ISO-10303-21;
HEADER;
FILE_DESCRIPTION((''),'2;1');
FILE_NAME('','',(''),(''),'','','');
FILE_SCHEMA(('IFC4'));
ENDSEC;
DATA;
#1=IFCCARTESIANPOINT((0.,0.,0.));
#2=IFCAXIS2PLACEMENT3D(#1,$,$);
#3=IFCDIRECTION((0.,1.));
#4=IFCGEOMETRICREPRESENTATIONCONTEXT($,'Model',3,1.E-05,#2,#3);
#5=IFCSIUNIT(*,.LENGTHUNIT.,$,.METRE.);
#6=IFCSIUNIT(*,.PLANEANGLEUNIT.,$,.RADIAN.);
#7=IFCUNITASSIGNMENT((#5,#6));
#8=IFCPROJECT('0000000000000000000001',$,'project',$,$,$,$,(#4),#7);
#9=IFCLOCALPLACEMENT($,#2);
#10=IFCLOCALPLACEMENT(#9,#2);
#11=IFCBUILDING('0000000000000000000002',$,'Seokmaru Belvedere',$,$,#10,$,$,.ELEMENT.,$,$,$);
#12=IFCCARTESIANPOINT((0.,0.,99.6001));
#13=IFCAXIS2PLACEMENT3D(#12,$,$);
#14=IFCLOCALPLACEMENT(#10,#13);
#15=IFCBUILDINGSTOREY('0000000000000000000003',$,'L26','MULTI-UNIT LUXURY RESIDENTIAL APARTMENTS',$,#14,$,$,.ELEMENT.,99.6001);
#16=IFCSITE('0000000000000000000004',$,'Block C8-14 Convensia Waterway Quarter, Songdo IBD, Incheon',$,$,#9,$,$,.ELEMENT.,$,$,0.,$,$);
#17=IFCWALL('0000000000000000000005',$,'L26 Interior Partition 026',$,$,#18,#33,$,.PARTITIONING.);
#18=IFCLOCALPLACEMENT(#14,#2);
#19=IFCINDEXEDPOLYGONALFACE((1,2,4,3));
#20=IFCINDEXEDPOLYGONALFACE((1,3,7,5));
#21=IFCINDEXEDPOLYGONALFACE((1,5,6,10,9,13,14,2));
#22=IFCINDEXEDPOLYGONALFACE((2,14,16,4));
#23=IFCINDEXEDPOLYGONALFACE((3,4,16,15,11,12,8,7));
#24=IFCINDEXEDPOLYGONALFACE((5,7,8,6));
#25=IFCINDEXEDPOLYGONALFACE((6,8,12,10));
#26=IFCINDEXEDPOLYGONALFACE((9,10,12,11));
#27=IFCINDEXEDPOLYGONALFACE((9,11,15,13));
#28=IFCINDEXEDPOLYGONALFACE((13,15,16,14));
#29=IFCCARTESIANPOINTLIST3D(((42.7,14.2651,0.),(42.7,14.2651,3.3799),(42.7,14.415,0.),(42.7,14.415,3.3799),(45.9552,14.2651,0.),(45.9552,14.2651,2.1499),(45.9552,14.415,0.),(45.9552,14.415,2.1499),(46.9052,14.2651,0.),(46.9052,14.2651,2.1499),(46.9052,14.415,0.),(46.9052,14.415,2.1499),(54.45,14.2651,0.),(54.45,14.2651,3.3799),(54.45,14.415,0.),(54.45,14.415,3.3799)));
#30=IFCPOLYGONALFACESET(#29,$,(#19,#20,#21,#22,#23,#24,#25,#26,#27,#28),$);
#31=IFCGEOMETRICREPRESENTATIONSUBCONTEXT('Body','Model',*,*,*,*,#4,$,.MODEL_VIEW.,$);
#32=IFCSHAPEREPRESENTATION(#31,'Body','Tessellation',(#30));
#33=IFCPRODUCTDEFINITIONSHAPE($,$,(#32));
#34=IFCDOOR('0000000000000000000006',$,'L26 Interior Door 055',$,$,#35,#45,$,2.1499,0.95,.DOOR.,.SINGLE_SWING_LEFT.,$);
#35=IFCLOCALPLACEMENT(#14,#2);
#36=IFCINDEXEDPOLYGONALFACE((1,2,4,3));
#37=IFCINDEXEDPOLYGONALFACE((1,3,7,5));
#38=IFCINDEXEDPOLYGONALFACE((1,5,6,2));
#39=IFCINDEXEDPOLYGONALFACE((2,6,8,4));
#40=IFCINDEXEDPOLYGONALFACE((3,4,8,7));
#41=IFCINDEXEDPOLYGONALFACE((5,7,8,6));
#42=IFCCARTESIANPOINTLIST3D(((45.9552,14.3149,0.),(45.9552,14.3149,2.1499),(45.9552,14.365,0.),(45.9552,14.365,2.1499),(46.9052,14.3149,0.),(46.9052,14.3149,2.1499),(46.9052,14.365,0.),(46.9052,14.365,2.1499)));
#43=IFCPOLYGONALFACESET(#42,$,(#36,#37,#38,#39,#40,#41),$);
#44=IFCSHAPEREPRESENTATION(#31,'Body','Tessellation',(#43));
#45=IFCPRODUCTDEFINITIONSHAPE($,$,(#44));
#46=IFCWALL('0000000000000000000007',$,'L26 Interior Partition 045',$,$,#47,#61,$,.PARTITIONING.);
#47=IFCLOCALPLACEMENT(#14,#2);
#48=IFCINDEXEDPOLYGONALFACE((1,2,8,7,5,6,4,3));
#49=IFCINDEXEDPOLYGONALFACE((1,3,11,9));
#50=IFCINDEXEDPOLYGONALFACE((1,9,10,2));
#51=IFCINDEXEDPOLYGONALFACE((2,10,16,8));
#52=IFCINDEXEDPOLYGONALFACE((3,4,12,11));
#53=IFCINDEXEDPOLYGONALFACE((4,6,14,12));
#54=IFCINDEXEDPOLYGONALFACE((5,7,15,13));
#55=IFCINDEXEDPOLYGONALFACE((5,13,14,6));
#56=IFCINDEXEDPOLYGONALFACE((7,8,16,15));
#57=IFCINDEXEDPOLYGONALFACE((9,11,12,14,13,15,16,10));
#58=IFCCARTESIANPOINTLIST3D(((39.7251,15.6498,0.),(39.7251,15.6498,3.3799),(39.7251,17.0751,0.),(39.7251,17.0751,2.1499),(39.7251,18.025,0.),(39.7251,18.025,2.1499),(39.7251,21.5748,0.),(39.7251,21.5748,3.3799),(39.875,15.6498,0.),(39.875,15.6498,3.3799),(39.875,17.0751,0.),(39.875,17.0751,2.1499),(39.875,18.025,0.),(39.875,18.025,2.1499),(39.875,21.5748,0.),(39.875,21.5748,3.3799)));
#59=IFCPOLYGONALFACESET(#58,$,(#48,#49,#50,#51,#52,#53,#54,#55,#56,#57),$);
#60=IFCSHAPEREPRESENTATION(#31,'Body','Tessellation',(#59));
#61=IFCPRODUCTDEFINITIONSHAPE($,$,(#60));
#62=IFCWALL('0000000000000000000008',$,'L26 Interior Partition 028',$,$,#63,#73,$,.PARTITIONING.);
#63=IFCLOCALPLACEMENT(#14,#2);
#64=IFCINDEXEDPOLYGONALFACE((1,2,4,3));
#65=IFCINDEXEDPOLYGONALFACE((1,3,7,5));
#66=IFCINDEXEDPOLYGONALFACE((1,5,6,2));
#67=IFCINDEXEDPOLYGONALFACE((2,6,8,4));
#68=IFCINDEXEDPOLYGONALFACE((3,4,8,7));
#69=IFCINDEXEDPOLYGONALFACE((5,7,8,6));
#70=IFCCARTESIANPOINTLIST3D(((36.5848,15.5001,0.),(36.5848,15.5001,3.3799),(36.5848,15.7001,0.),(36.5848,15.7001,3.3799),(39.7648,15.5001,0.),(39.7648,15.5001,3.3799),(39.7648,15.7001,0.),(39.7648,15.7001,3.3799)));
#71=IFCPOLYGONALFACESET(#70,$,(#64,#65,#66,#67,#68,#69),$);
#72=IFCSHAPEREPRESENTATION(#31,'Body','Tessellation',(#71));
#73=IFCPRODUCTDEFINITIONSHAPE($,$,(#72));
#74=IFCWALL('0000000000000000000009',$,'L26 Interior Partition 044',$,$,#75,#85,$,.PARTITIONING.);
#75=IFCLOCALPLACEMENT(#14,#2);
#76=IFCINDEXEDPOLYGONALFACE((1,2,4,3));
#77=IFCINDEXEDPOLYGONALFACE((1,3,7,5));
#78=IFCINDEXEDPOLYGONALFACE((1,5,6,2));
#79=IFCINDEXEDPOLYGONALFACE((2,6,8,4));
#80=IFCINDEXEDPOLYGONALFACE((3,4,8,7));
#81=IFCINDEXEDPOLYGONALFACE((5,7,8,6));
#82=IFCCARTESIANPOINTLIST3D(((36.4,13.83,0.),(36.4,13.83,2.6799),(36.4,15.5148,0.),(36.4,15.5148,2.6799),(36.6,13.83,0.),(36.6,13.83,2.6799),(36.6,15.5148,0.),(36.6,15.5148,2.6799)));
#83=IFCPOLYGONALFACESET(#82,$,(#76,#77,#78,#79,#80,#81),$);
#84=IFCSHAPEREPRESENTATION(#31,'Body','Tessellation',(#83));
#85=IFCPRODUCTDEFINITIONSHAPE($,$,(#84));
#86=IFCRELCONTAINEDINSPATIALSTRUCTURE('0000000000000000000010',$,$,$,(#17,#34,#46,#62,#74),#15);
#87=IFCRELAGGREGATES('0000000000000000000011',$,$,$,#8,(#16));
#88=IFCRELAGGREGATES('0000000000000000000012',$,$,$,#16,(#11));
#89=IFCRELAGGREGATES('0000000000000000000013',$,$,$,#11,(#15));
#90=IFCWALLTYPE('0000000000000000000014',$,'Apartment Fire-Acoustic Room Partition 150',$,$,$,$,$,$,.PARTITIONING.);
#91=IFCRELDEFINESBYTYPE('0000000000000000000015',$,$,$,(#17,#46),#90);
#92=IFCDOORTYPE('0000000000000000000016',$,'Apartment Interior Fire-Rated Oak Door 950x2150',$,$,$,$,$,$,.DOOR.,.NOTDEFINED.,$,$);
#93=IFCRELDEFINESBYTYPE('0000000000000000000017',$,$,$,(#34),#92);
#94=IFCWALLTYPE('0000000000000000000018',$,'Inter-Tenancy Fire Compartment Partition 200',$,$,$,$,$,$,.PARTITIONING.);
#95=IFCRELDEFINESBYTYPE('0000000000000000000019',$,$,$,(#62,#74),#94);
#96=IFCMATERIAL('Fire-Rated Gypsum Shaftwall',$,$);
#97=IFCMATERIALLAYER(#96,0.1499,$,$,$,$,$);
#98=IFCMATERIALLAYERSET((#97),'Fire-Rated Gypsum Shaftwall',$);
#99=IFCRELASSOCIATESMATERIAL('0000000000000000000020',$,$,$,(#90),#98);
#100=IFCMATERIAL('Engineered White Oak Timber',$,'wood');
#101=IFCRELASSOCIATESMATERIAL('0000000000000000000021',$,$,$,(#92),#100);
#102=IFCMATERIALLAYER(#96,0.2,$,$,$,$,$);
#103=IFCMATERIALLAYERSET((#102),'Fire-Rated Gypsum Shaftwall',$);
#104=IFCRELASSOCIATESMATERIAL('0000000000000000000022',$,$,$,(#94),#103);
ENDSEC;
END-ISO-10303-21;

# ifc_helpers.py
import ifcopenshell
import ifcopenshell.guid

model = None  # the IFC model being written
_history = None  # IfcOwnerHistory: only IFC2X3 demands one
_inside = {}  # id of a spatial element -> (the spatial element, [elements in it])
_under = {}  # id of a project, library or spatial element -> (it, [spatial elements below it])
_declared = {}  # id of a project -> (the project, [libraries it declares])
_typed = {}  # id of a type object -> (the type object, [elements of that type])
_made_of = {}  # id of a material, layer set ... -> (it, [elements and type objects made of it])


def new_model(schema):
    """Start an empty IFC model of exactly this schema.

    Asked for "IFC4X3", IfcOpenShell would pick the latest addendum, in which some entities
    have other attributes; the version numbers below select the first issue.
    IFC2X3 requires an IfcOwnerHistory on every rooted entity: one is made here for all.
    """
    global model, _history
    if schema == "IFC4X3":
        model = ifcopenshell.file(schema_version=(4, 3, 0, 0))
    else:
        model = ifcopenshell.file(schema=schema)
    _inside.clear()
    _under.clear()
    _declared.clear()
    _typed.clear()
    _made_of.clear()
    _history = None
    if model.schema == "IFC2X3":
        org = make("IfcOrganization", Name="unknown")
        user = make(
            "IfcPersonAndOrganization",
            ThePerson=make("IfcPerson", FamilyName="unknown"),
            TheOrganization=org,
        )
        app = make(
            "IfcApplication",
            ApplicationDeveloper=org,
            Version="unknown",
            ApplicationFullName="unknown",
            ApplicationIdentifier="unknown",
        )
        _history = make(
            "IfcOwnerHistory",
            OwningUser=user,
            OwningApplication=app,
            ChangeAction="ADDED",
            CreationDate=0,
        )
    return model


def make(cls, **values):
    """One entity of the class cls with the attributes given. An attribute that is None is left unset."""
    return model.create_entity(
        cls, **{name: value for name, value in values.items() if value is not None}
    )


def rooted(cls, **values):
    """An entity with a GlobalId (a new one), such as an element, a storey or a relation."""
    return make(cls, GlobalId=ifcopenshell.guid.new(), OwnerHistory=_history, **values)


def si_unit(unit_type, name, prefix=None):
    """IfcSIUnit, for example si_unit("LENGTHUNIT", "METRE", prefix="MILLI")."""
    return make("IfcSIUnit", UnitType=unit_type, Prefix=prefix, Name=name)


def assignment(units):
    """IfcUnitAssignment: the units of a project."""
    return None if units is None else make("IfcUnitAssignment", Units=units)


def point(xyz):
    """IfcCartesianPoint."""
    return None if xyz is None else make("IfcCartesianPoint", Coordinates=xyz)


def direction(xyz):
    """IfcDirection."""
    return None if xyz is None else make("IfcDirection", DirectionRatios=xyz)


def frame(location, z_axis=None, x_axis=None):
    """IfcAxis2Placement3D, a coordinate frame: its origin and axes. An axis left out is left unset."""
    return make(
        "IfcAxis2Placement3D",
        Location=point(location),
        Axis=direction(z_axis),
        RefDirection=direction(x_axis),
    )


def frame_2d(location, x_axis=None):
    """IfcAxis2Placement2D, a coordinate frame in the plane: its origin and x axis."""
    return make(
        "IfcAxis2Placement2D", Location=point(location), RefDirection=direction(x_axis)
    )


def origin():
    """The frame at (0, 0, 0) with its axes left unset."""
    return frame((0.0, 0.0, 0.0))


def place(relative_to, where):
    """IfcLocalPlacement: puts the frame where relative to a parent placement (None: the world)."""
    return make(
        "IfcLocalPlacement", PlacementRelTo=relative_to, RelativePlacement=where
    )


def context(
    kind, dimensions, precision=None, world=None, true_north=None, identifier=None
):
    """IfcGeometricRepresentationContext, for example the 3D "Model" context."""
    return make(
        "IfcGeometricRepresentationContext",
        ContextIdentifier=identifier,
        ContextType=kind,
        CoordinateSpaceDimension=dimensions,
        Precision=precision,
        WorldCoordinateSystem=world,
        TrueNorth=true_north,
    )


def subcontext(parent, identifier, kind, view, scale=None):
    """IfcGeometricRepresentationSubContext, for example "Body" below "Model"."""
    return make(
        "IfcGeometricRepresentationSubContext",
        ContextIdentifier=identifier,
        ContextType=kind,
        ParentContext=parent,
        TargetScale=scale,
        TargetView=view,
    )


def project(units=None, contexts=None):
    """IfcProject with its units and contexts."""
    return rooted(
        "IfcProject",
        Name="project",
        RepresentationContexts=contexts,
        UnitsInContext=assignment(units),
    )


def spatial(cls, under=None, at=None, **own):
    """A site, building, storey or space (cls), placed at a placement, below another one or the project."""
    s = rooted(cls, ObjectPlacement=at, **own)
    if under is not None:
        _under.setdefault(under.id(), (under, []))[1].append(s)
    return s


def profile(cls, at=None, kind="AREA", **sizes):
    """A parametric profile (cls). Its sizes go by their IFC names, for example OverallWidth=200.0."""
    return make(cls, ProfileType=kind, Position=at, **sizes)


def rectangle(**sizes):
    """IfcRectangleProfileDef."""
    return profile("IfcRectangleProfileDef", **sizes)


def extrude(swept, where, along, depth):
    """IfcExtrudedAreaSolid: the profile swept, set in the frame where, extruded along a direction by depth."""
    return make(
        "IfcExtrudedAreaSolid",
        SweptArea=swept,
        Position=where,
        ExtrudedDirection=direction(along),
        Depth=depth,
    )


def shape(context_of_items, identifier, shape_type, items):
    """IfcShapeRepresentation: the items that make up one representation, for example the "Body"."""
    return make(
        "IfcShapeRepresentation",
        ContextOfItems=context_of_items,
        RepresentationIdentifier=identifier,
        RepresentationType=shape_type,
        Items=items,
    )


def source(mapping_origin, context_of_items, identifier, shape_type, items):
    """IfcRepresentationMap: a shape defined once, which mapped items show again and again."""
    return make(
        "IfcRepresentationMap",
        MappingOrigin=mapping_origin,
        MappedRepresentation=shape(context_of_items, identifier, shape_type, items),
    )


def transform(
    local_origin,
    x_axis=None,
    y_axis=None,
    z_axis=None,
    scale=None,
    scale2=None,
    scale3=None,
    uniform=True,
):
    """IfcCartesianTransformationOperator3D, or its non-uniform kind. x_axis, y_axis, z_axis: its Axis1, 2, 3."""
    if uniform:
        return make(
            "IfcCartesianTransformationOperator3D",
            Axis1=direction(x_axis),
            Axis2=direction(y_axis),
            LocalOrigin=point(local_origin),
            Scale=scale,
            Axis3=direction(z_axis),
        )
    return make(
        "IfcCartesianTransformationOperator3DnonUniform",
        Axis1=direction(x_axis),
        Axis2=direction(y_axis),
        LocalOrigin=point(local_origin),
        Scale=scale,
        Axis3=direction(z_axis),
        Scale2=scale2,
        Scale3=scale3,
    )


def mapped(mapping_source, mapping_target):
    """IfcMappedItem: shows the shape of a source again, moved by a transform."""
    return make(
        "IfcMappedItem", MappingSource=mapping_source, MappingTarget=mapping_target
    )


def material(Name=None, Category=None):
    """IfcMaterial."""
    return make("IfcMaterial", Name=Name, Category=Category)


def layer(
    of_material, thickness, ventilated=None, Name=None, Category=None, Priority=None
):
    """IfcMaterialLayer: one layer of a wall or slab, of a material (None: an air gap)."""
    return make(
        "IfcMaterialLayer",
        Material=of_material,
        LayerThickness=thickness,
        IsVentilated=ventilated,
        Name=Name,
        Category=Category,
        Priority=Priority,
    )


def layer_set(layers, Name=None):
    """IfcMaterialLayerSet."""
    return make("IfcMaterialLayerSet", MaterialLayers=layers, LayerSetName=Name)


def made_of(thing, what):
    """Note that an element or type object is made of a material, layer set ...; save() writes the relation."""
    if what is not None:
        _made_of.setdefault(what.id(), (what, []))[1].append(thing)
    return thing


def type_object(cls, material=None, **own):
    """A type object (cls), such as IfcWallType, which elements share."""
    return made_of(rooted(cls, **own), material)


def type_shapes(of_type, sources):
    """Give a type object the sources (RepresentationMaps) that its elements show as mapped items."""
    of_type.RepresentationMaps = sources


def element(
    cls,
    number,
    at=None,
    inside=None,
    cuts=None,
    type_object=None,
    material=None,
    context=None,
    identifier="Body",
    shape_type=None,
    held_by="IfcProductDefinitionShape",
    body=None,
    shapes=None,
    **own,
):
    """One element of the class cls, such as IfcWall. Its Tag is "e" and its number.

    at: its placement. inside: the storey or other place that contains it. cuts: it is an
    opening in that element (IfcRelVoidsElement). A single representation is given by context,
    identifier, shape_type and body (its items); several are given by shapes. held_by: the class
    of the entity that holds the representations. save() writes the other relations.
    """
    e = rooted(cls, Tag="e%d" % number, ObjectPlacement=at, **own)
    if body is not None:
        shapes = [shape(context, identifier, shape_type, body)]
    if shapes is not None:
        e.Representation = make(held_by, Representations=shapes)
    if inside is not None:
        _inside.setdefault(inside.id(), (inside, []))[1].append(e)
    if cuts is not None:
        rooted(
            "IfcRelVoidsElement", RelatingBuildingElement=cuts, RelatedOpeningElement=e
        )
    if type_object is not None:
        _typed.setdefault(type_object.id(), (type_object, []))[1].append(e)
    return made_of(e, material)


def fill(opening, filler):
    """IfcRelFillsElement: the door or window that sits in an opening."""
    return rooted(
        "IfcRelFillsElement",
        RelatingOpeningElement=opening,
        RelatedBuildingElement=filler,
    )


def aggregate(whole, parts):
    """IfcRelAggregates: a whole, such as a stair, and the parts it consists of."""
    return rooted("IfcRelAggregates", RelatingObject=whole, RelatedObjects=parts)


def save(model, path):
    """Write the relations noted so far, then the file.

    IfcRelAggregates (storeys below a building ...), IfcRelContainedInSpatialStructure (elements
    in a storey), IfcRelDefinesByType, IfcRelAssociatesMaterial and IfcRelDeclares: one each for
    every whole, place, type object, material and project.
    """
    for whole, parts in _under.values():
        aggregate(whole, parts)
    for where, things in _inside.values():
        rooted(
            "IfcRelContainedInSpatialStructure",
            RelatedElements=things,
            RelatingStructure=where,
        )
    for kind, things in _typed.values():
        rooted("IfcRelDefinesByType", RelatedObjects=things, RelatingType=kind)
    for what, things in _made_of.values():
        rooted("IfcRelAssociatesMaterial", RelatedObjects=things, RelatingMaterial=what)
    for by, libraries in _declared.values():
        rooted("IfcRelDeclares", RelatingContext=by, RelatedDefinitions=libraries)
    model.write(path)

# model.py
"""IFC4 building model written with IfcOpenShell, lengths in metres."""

from ifc_helpers import new_model, si_unit, direction, frame, frame_2d, origin, place, context, subcontext, project, spatial, rectangle, extrude, source, transform, mapped, material, layer, layer_set, type_object, type_shapes, element, fill, save


model = new_model("IFC4")

# Units and contexts
model_context = context("Model", 3, precision=1e-05, world=origin(), true_north=direction((0.0, 1.0)))
body_context = subcontext(model_context, "Body", "Model", "MODEL_VIEW")
ifc_project = project(units=[si_unit("LENGTHUNIT", "METRE"), si_unit("PLANEANGLEUNIT", "RADIAN")], contexts=[model_context])

# Site, building, storey
site_placement = place(None, origin())
site = spatial("IfcSite", under=ifc_project, at=site_placement, Name="Block C8-14 Convensia Waterway Quarter, Songdo IBD, Incheon", CompositionType="ELEMENT", RefElevation=0.0)
building_placement = place(site_placement, origin())
building = spatial("IfcBuilding", under=site, at=building_placement, Name="Seokmaru Belvedere", CompositionType="ELEMENT")
storey_placement = place(building_placement, frame((0.0, 0.0, 99.6001)))
storey = spatial("IfcBuildingStorey", under=building, at=storey_placement, Name="L26", Description="MULTI-UNIT LUXURY RESIDENTIAL APARTMENTS", CompositionType="ELEMENT", Elevation=99.6001)

# Shared definitions
ifc_material_1 = material(Name="Fire-Rated Gypsum Shaftwall")
ifc_layer_1 = layer(ifc_material_1, 0.1499)
ifc_layer_set_1 = layer_set([ifc_layer_1], Name="Fire-Rated Gypsum Shaftwall")
wall_type_1 = type_object("IfcWallType", Name="Apartment Fire-Acoustic Room Partition 150", PredefinedType="PARTITIONING", material=ifc_layer_set_1)

# Wall, opening, door
wall_1_placement = place(storey_placement, frame((42.7, 14.3401, 0.0), z_axis=(0.0, 0.0, 1.0), x_axis=(1.0, 0.0, 0.0)))
wall_1 = element("IfcWall", 1, at=wall_1_placement, inside=storey, type_object=wall_type_1, Name="L26 Interior Partition 026", PredefinedType="PARTITIONING", context=body_context, shape_type="SweptSolid", body=[
    extrude(rectangle(XDim=11.75, YDim=0.1499, at=frame_2d((5.875, 0.0))), origin(), (0.0, 0.0, 1.0), 3.3799),
])
opening_1_placement = place(wall_1_placement, frame((3.2551, 0.0, 0.0)))
opening_1 = element("IfcOpeningElement", 2, at=opening_1_placement, cuts=wall_1, PredefinedType="OPENING", context=body_context, shape_type="SweptSolid", body=[
    extrude(rectangle(XDim=0.95, YDim=2.1499, at=frame_2d((0.4751, 1.075))), frame((0.0, 0.085, 0.0), z_axis=(0.0, -1.0, 0.0), x_axis=(1.0, 0.0, 0.0)), (0.0, 0.0, 1.0), 0.1699),
])
ifc_material_2 = material(Name="Engineered White Oak Timber", Category="wood")
door_type_1 = type_object("IfcDoorType", Name="Apartment Interior Fire-Rated Oak Door 950x2150", OperationType="NOTDEFINED", PredefinedType="DOOR", material=ifc_material_2)
shared_shape_1 = source(origin(), body_context, "Body", "SweptSolid", [
    extrude(rectangle(XDim=0.95, YDim=2.1499, at=frame_2d((0.4751, 1.075))), frame((0.0, 0.0249, 0.0), z_axis=(0.0, -1.0, 0.0), x_axis=(1.0, 0.0, 0.0)), (0.0, 0.0, 1.0), 0.05),
])
type_shapes(door_type_1, [shared_shape_1])
door_1_placement = place(opening_1_placement, origin())
door_1 = element("IfcDoor", 3, at=door_1_placement, inside=storey, type_object=door_type_1, Name="L26 Interior Door 055", OperationType="SINGLE_SWING_LEFT", OverallHeight=2.1499, OverallWidth=0.95, PredefinedType="DOOR", context=body_context, shape_type="MappedRepresentation", body=[
    mapped(shared_shape_1, transform((0.0, 0.0, 0.0), scale=1.0)),
])
fill(opening_1, door_1)

# Wall, opening
wall_2_placement = place(storey_placement, frame((39.8, 15.6499, 0.0), z_axis=(0.0, 0.0, 1.0), x_axis=(0.0, 1.0, 0.0)))
wall_2 = element("IfcWall", 4, at=wall_2_placement, inside=storey, type_object=wall_type_1, Name="L26 Interior Partition 045", PredefinedType="PARTITIONING", context=body_context, shape_type="SweptSolid", body=[
    extrude(rectangle(XDim=5.925, YDim=0.1499, at=frame_2d((2.9624, 0.0))), origin(), (0.0, 0.0, 1.0), 3.3799),
])
opening_2_placement = place(wall_2_placement, frame((1.425, 0.0, 0.0)))
element("IfcOpeningElement", 5, at=opening_2_placement, cuts=wall_2, PredefinedType="OPENING", context=body_context, shape_type="SweptSolid", body=[
    extrude(rectangle(XDim=0.95, YDim=2.1499, at=frame_2d((0.4751, 1.075))), frame((0.0, 0.085, 0.0), z_axis=(0.0, -1.0, 0.0), x_axis=(1.0, 0.0, 0.0)), (0.0, 0.0, 1.0), 0.1699),
])

# Walls
ifc_layer_2 = layer(ifc_material_1, 0.2)
ifc_layer_set_2 = layer_set([ifc_layer_2], Name="Fire-Rated Gypsum Shaftwall")
wall_type_2 = type_object("IfcWallType", Name="Inter-Tenancy Fire Compartment Partition 200", PredefinedType="PARTITIONING", material=ifc_layer_set_2)
wall_3_placement = place(storey_placement, frame((36.585, 15.6001, 0.0), z_axis=(0.0, 0.0, 1.0), x_axis=(1.0, 0.0, 0.0)))
element("IfcWall", 6, at=wall_3_placement, inside=storey, type_object=wall_type_2, Name="L26 Interior Partition 028", PredefinedType="PARTITIONING", context=body_context, shape_type="SweptSolid", body=[
    extrude(rectangle(XDim=3.1799, YDim=0.2, at=frame_2d((1.5898, 0.0))), origin(), (0.0, 0.0, 1.0), 3.3799),
])
wall_4_placement = place(storey_placement, frame((36.5, 13.8301, 0.0), z_axis=(0.0, 0.0, 1.0), x_axis=(0.0, 1.0, 0.0)))
element("IfcWall", 7, at=wall_4_placement, inside=storey, type_object=wall_type_2, Name="L26 Interior Partition 044", PredefinedType="PARTITIONING", context=body_context, shape_type="SweptSolid", body=[
    extrude(rectangle(XDim=1.6848, YDim=0.2, at=frame_2d((0.8423, 0.0))), origin(), (0.0, 0.0, 1.0), 2.6799),
])

save(model, "model.ifc")
